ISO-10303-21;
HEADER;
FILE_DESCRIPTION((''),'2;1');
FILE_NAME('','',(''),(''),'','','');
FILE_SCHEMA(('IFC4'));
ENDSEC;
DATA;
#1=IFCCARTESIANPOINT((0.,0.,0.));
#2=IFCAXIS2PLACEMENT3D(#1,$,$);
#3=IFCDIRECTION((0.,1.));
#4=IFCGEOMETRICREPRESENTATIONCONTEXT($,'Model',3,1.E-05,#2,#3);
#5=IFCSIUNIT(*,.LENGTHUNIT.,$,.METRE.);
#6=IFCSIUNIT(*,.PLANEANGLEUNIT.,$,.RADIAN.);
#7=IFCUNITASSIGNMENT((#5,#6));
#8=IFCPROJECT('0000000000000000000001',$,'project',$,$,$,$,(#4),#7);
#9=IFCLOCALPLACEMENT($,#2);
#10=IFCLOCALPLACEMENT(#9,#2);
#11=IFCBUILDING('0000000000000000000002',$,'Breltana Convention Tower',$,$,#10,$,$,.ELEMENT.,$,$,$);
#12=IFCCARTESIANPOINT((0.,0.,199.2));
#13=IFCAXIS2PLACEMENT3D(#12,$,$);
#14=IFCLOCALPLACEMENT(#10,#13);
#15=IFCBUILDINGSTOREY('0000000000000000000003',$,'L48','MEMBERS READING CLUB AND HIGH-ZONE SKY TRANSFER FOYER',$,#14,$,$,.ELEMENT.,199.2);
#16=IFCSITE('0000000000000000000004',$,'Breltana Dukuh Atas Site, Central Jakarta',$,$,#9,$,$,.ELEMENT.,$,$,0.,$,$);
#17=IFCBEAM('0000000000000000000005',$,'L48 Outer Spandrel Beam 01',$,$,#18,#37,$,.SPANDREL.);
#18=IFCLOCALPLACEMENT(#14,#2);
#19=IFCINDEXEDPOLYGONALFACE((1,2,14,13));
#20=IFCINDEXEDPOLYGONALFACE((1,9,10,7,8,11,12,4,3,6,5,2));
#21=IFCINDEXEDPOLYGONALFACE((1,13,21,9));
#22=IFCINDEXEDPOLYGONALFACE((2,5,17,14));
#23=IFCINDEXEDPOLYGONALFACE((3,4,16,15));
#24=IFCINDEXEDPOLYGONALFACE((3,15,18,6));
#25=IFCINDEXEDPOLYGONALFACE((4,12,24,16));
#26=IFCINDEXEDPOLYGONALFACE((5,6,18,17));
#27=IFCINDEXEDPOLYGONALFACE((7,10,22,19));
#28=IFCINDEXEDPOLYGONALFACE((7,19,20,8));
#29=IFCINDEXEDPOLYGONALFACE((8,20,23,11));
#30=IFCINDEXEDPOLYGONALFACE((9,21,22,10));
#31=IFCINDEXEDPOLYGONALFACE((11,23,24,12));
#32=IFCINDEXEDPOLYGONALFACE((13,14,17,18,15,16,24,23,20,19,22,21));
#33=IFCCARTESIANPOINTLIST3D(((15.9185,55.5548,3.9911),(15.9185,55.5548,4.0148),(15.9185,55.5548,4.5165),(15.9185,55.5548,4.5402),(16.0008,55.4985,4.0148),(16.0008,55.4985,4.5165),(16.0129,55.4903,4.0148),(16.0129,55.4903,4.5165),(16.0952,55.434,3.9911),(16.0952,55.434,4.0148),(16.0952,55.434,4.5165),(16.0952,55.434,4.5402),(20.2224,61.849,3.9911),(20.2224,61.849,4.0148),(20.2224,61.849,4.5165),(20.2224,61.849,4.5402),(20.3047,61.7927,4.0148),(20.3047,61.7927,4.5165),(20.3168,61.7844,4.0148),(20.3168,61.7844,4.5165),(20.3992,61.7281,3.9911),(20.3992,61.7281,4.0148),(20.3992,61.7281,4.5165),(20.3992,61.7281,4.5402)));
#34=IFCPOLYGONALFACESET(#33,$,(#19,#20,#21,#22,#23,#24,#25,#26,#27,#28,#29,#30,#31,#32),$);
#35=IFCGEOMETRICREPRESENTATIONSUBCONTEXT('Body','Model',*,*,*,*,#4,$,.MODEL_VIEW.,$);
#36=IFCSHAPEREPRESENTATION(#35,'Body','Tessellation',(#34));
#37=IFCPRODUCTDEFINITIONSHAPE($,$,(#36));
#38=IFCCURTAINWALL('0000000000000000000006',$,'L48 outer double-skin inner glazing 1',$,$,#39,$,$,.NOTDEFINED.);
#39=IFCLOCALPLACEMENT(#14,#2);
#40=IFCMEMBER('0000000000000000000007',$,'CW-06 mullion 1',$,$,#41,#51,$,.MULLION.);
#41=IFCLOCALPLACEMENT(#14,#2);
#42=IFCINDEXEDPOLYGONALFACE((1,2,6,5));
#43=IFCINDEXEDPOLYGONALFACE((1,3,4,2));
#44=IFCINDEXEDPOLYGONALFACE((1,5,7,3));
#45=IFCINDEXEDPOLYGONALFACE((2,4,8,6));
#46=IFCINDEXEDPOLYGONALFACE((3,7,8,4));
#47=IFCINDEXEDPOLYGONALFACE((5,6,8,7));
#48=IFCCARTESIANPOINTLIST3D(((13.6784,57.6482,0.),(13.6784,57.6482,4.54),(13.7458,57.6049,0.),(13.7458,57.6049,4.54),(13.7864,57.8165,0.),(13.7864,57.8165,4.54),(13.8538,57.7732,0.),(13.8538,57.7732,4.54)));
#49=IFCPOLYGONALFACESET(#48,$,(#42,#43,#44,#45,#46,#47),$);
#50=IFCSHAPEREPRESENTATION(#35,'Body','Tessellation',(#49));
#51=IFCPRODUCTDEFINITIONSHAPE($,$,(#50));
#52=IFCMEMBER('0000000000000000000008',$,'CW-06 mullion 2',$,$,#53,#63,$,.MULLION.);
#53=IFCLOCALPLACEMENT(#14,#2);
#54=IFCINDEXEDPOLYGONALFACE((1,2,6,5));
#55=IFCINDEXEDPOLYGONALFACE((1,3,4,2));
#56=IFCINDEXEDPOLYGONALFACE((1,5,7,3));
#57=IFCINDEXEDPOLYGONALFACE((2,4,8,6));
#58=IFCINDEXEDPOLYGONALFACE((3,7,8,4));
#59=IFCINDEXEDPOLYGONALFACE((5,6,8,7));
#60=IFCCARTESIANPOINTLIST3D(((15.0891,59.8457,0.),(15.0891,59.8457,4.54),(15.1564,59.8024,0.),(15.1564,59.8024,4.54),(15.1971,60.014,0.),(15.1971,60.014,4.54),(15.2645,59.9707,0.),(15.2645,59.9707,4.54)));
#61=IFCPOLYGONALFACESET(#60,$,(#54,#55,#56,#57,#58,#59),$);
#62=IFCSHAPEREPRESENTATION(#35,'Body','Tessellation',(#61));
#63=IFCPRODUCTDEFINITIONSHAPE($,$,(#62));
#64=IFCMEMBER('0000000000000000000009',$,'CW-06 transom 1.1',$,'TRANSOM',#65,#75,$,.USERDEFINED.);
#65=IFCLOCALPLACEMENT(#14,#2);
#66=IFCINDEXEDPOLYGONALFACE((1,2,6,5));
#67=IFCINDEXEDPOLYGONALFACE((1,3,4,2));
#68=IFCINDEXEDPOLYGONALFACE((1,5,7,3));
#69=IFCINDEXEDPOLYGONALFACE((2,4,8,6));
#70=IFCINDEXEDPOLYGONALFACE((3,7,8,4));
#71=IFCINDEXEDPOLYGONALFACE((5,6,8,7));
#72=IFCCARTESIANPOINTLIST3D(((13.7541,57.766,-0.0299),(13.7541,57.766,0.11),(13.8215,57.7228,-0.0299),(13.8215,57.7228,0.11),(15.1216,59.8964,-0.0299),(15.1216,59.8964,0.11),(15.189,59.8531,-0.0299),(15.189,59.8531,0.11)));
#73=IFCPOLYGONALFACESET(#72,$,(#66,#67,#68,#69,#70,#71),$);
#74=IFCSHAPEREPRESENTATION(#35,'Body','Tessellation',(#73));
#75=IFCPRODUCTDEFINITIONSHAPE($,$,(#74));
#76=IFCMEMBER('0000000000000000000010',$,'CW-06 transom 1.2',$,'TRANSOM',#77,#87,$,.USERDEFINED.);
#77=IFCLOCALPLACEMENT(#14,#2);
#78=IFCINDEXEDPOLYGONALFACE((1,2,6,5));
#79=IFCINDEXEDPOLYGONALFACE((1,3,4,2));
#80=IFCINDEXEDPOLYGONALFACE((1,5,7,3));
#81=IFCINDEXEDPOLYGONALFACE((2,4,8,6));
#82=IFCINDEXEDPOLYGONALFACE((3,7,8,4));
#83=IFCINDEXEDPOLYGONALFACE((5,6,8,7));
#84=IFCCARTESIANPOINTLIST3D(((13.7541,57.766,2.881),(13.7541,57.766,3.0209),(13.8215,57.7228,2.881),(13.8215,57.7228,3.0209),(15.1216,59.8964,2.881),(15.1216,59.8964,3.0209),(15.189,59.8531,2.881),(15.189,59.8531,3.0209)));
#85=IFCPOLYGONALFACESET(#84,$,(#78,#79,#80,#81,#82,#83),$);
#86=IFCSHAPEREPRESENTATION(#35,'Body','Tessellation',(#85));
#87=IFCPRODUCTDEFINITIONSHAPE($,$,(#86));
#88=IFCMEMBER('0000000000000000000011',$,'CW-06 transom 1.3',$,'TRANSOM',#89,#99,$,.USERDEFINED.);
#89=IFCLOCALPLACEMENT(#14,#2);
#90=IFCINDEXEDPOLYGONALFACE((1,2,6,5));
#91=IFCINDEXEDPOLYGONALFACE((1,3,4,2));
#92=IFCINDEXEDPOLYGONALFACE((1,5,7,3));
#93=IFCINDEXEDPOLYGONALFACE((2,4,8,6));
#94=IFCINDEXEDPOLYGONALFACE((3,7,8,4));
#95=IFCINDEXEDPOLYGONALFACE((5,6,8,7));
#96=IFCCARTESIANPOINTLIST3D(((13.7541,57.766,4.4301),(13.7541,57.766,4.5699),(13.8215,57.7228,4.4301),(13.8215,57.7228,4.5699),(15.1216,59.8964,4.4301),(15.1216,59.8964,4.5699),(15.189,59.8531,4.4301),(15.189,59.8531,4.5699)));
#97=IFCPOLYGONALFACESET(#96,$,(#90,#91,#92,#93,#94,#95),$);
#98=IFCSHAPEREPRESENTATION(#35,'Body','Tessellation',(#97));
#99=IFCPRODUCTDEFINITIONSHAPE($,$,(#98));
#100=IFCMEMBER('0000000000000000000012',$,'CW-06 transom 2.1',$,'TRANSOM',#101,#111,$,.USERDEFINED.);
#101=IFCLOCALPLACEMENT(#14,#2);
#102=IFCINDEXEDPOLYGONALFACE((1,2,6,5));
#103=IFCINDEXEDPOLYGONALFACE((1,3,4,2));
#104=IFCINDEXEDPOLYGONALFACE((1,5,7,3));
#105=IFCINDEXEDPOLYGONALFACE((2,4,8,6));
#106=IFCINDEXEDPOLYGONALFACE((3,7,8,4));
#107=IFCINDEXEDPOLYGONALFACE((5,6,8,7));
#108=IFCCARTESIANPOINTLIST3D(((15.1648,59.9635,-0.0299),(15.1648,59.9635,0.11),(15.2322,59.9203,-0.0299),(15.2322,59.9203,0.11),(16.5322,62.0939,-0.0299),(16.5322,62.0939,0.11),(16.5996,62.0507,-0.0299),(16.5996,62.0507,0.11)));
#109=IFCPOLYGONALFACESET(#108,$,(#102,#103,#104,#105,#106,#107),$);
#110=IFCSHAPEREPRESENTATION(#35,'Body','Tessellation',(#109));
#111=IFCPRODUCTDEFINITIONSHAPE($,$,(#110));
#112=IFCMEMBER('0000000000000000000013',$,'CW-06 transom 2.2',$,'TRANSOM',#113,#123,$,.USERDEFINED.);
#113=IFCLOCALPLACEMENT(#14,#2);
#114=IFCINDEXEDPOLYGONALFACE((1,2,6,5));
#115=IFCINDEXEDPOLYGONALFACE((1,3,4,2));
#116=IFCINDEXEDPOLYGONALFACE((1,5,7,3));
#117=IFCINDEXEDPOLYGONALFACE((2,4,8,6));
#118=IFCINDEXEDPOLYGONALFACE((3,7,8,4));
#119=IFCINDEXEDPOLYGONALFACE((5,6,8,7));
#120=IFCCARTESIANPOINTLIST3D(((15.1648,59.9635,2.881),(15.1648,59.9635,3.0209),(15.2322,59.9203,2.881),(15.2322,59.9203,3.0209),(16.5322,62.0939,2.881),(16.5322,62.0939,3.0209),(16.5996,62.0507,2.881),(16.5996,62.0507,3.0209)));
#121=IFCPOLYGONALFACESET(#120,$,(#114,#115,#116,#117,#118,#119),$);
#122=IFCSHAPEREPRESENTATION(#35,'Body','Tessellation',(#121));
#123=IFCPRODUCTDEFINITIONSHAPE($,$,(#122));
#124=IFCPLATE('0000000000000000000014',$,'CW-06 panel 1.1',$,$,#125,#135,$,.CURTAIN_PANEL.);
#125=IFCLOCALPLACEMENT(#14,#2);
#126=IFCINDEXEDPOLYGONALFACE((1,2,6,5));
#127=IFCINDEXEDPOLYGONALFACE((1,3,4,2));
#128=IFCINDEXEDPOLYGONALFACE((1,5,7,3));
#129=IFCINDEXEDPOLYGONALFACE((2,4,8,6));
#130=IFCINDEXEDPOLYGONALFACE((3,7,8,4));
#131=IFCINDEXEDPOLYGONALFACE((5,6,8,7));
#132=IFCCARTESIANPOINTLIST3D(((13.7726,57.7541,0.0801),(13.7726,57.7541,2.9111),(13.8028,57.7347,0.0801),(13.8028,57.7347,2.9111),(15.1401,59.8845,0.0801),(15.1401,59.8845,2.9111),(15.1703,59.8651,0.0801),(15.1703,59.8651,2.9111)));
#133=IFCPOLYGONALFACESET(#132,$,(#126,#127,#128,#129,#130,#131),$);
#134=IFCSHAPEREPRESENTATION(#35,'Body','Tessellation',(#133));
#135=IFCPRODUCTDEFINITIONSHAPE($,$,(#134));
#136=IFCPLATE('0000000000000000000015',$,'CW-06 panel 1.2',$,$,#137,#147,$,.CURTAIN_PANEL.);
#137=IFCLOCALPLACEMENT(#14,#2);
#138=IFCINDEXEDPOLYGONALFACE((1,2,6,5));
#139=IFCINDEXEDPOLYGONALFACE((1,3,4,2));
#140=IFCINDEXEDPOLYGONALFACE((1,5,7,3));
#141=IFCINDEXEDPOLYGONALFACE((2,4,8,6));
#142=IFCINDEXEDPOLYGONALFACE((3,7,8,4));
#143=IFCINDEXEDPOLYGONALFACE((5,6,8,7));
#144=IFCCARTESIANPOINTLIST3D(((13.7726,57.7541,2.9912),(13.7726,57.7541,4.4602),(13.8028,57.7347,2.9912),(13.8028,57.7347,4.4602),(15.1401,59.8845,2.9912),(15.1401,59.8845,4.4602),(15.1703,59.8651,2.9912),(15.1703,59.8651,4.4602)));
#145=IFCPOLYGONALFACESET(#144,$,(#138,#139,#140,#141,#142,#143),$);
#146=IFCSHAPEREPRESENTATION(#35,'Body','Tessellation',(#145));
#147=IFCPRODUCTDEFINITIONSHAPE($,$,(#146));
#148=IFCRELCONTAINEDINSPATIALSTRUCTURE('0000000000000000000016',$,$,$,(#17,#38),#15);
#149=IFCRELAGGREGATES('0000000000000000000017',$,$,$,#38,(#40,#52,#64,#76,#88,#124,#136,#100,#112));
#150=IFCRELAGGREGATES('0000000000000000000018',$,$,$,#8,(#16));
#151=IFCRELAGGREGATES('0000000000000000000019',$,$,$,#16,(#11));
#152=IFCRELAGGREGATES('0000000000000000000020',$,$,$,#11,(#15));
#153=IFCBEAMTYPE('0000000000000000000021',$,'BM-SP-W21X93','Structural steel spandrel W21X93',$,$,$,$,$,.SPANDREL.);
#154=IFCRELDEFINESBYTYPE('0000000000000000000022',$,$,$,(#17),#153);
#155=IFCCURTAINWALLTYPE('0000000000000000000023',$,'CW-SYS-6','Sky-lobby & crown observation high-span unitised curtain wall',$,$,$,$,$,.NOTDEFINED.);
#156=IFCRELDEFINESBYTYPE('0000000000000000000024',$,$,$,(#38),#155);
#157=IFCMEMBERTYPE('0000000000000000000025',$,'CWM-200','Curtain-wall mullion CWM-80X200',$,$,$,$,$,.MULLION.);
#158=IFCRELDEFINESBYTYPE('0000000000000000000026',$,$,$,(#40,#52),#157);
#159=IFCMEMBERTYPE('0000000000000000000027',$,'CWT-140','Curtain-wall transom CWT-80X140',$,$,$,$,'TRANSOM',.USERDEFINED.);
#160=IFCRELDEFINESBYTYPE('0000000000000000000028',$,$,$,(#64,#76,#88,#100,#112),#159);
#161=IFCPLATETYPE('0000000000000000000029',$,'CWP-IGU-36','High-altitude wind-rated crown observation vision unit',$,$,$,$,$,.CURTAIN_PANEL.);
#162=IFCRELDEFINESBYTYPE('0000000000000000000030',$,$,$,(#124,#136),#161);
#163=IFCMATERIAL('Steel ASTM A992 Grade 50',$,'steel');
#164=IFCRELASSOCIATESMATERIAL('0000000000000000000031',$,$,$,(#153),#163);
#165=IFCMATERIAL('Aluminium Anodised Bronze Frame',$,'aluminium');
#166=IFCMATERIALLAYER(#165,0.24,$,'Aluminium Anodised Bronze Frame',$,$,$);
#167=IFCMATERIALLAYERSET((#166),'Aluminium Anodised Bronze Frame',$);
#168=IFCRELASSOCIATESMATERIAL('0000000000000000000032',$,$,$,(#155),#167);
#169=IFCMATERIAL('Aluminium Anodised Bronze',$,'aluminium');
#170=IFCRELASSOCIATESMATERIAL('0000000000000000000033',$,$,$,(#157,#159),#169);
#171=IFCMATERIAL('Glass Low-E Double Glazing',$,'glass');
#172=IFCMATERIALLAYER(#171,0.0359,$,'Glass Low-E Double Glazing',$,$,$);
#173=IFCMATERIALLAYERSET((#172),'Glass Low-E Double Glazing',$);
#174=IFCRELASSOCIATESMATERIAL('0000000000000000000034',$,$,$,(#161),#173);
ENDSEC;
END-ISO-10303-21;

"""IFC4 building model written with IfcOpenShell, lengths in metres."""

from ifc_helpers import new_model, si_unit, direction, frame, origin, origin_2d, place, context, subcontext, project, spatial, rectangle, i_section, extrude, source, transform, mapped, material, layer, layer_set, material_profile, profile_set, type_object, type_shapes, element, aggregate, save


model = new_model("IFC4")

# Units and contexts
model_context = context("Model", 3, precision=1e-05, world=origin(), true_north=direction((0.0, 1.0)))
body_context = subcontext(model_context, "Body", "Model", "MODEL_VIEW")
ifc_project = project(units=[si_unit("LENGTHUNIT", "METRE"), si_unit("PLANEANGLEUNIT", "RADIAN")], contexts=[model_context])

# Site, building, storey
site_placement = place(None, origin())
site = spatial("IfcSite", under=ifc_project, at=site_placement, Name="Breltana Dukuh Atas Site, Central Jakarta", CompositionType="ELEMENT", RefElevation=0.0)
building_placement = place(site_placement, origin())
building = spatial("IfcBuilding", under=site, at=building_placement, Name="Breltana Convention Tower", CompositionType="ELEMENT")
storey_placement = place(building_placement, frame((0.0, 0.0, 199.2)))
storey = spatial("IfcBuildingStorey", under=building, at=storey_placement, Name="L48", Description="MEMBERS READING CLUB AND HIGH-ZONE SKY TRANSFER FOYER", CompositionType="ELEMENT", Elevation=199.2)

# Beam
ifc_material_1 = material(Name="Steel ASTM A992 Grade 50", Category="steel")
ifc_material_profile_1 = material_profile(ifc_material_1, i_section(OverallWidth=0.2141, OverallDepth=0.5491, WebThickness=0.0146, FlangeThickness=0.0237, at=origin_2d()), Name="W21X93")
ifc_profile_set_1 = profile_set([ifc_material_profile_1], Name="Steel ASTM A992 Grade 50")
beam_type_1 = type_object("IfcBeamType", Name="BM-SP-W21X93", Description="Structural steel spandrel W21X93", PredefinedType="SPANDREL", material=ifc_profile_set_1)
shared_shape_1 = source(origin(), body_context, "Body", "SweptSolid", [
    extrude(i_section(OverallWidth=0.2141, OverallDepth=0.5491, WebThickness=0.0146, FlangeThickness=0.0237, at=origin_2d()), origin(), (0.0, 0.0, 1.0), 7.625),
])
type_shapes(beam_type_1, [shared_shape_1])
beam_1_placement = place(storey_placement, frame((16.0068, 55.4944, 4.2656), z_axis=(0.564452, 0.825466, 0.0), x_axis=(-0.825466, 0.564452, 0.0)))
element("IfcBeam", 1, at=beam_1_placement, inside=storey, type_object=beam_type_1, Name="L48 Outer Spandrel Beam 01", PredefinedType="SPANDREL", context=body_context, shape_type="MappedRepresentation", body=[
    mapped(shared_shape_1, transform((0.0, 0.0, 0.0), scale=1.0)),
])

# Curtain wall, members, plates
ifc_material_2 = material(Name="Aluminium Anodised Bronze Frame", Category="aluminium")
ifc_layer_1 = layer(ifc_material_2, 0.24, Name="Aluminium Anodised Bronze Frame")
ifc_layer_set_1 = layer_set([ifc_layer_1], Name="Aluminium Anodised Bronze Frame")
curtain_wall_type = type_object("IfcCurtainWallType", Name="CW-SYS-6", Description="Sky-lobby & crown observation high-span unitised curtain wall", PredefinedType="NOTDEFINED", material=ifc_layer_set_1)
curtain_wall_placement = place(storey_placement, origin())
curtain_wall = element("IfcCurtainWall", 2, at=curtain_wall_placement, inside=storey, type_object=curtain_wall_type, Name="L48 outer double-skin inner glazing 1", PredefinedType="NOTDEFINED")
ifc_material_3 = material(Name="Aluminium Anodised Bronze", Category="aluminium")
ifc_material_profile_2 = material_profile(ifc_material_3, rectangle(XDim=0.0801, YDim=0.2, at=origin_2d()), Name="CWM-80X200")
ifc_profile_set_2 = profile_set([ifc_material_profile_2], Name="Aluminium Anodised Bronze")
member_type_1 = type_object("IfcMemberType", Name="CWM-200", Description="Curtain-wall mullion CWM-80X200", PredefinedType="MULLION", material=ifc_profile_set_2)
shared_shape_2 = source(origin(), body_context, "Body", "SweptSolid", [
    extrude(rectangle(XDim=0.0801, YDim=0.2, at=origin_2d()), origin(), (0.0, 0.0, 1.0), 4.54),
])
member_1_placement = place(storey_placement, frame((13.7661, 57.7107, 0.0), z_axis=(0.0, 0.0, 1.0), x_axis=(-0.841548, 0.540182, 0.0)))
member_1 = element("IfcMember", 3, at=member_1_placement, type_object=member_type_1, Name="CW-06 mullion 1", PredefinedType="MULLION", context=body_context, shape_type="MappedRepresentation", body=[
    mapped(shared_shape_2, transform((0.0, 0.0, 0.0), scale=1.0)),
])
member_2_placement = place(storey_placement, frame((15.1768, 59.9082, 0.0), z_axis=(0.0, 0.0, 1.0), x_axis=(-0.841548, 0.540182, 0.0)))
member_2 = element("IfcMember", 4, at=member_2_placement, type_object=member_type_1, Name="CW-06 mullion 2", PredefinedType="MULLION", context=body_context, shape_type="MappedRepresentation", body=[
    mapped(shared_shape_2, transform((0.0, 0.0, 0.0), scale=1.0)),
])
ifc_material_profile_3 = material_profile(ifc_material_3, rectangle(XDim=0.0801, YDim=0.1399, at=origin_2d()), Name="CWT-80X140")
ifc_profile_set_3 = profile_set([ifc_material_profile_3], Name="Aluminium Anodised Bronze")
member_type_2 = type_object("IfcMemberType", Name="CWT-140", Description="Curtain-wall transom CWT-80X140", ElementType="TRANSOM", PredefinedType="USERDEFINED", material=ifc_profile_set_3)
shared_shape_3 = source(origin(), body_context, "Body", "SweptSolid", [
    extrude(rectangle(XDim=0.0801, YDim=0.1399, at=origin_2d()), origin(), (0.0, 0.0, 1.0), 2.5315),
])
member_3_placement = place(storey_placement, frame((13.7878, 57.7444, 0.04), z_axis=(0.540173, 0.841554, 0.0), x_axis=(-0.841554, 0.540173, 0.0)))
member_3 = element("IfcMember", 5, at=member_3_placement, type_object=member_type_2, Name="CW-06 transom 1.1", ObjectType="TRANSOM", PredefinedType="USERDEFINED", context=body_context, shape_type="MappedRepresentation", body=[
    mapped(shared_shape_3, transform((0.0, 0.0, 0.0), scale=1.0)),
])
member_4_placement = place(storey_placement, frame((13.7878, 57.7444, 2.9509), z_axis=(0.540173, 0.841554, 0.0), x_axis=(-0.841554, 0.540173, 0.0)))
member_4 = element("IfcMember", 6, at=member_4_placement, type_object=member_type_2, Name="CW-06 transom 1.2", ObjectType="TRANSOM", PredefinedType="USERDEFINED", context=body_context, shape_type="MappedRepresentation", body=[
    mapped(shared_shape_3, transform((0.0, 0.0, 0.0), scale=1.0)),
])
member_5_placement = place(storey_placement, frame((13.7878, 57.7444, 4.5), z_axis=(0.540173, 0.841554, 0.0), x_axis=(-0.841554, 0.540173, 0.0)))
member_5 = element("IfcMember", 7, at=member_5_placement, type_object=member_type_2, Name="CW-06 transom 1.3", ObjectType="TRANSOM", PredefinedType="USERDEFINED", context=body_context, shape_type="MappedRepresentation", body=[
    mapped(shared_shape_3, transform((0.0, 0.0, 0.0), scale=1.0)),
])
member_6_placement = place(storey_placement, frame((15.1985, 59.9419, 0.04), z_axis=(0.540173, 0.841554, 0.0), x_axis=(-0.841554, 0.540173, 0.0)))
member_6 = element("IfcMember", 8, at=member_6_placement, type_object=member_type_2, Name="CW-06 transom 2.1", ObjectType="TRANSOM", PredefinedType="USERDEFINED", context=body_context, shape_type="MappedRepresentation", body=[
    mapped(shared_shape_3, transform((0.0, 0.0, 0.0), scale=1.0)),
])
member_7_placement = place(storey_placement, frame((15.1985, 59.9419, 2.9509), z_axis=(0.540173, 0.841554, 0.0), x_axis=(-0.841554, 0.540173, 0.0)))
member_7 = element("IfcMember", 9, at=member_7_placement, type_object=member_type_2, Name="CW-06 transom 2.2", ObjectType="TRANSOM", PredefinedType="USERDEFINED", context=body_context, shape_type="MappedRepresentation", body=[
    mapped(shared_shape_3, transform((0.0, 0.0, 0.0), scale=1.0)),
])
ifc_material_4 = material(Name="Glass Low-E Double Glazing", Category="glass")
ifc_layer_2 = layer(ifc_material_4, 0.0359, Name="Glass Low-E Double Glazing")
ifc_layer_set_2 = layer_set([ifc_layer_2], Name="Glass Low-E Double Glazing")
plate_type = type_object("IfcPlateType", Name="CWP-IGU-36", Description="High-altitude wind-rated crown observation vision unit", PredefinedType="CURTAIN_PANEL", material=ifc_layer_set_2)
shared_shape_4 = source(origin(), body_context, "Body", "SweptSolid", [
    extrude(rectangle(XDim=2.5315, YDim=0.0359, at=origin_2d()), origin(), (0.0, 0.0, 1.0), 2.8311),
])
plate_1_placement = place(storey_placement, frame((14.4714, 58.8096, 0.0801), z_axis=(0.0, 0.0, 1.0), x_axis=(0.540182, 0.841548, 0.0)))
plate_1 = element("IfcPlate", 10, at=plate_1_placement, type_object=plate_type, Name="CW-06 panel 1.1", PredefinedType="CURTAIN_PANEL", context=body_context, shape_type="MappedRepresentation", body=[
    mapped(shared_shape_4, transform((0.0, 0.0, 0.0), scale=1.0)),
])
shared_shape_5 = source(origin(), body_context, "Body", "SweptSolid", [
    extrude(rectangle(XDim=2.5315, YDim=0.0359, at=origin_2d()), origin(), (0.0, 0.0, 1.0), 1.469),
])
plate_2_placement = place(storey_placement, frame((14.4714, 58.8096, 2.9912), z_axis=(0.0, 0.0, 1.0), x_axis=(0.540182, 0.841548, 0.0)))
plate_2 = element("IfcPlate", 11, at=plate_2_placement, type_object=plate_type, Name="CW-06 panel 1.2", PredefinedType="CURTAIN_PANEL", context=body_context, shape_type="MappedRepresentation", body=[
    mapped(shared_shape_5, transform((0.0, 0.0, 0.0), scale=1.0)),
])
aggregate(curtain_wall, [member_1, member_2, member_3, member_4, member_5, plate_1, plate_2, member_6, member_7])

save(model, "model.ifc")
